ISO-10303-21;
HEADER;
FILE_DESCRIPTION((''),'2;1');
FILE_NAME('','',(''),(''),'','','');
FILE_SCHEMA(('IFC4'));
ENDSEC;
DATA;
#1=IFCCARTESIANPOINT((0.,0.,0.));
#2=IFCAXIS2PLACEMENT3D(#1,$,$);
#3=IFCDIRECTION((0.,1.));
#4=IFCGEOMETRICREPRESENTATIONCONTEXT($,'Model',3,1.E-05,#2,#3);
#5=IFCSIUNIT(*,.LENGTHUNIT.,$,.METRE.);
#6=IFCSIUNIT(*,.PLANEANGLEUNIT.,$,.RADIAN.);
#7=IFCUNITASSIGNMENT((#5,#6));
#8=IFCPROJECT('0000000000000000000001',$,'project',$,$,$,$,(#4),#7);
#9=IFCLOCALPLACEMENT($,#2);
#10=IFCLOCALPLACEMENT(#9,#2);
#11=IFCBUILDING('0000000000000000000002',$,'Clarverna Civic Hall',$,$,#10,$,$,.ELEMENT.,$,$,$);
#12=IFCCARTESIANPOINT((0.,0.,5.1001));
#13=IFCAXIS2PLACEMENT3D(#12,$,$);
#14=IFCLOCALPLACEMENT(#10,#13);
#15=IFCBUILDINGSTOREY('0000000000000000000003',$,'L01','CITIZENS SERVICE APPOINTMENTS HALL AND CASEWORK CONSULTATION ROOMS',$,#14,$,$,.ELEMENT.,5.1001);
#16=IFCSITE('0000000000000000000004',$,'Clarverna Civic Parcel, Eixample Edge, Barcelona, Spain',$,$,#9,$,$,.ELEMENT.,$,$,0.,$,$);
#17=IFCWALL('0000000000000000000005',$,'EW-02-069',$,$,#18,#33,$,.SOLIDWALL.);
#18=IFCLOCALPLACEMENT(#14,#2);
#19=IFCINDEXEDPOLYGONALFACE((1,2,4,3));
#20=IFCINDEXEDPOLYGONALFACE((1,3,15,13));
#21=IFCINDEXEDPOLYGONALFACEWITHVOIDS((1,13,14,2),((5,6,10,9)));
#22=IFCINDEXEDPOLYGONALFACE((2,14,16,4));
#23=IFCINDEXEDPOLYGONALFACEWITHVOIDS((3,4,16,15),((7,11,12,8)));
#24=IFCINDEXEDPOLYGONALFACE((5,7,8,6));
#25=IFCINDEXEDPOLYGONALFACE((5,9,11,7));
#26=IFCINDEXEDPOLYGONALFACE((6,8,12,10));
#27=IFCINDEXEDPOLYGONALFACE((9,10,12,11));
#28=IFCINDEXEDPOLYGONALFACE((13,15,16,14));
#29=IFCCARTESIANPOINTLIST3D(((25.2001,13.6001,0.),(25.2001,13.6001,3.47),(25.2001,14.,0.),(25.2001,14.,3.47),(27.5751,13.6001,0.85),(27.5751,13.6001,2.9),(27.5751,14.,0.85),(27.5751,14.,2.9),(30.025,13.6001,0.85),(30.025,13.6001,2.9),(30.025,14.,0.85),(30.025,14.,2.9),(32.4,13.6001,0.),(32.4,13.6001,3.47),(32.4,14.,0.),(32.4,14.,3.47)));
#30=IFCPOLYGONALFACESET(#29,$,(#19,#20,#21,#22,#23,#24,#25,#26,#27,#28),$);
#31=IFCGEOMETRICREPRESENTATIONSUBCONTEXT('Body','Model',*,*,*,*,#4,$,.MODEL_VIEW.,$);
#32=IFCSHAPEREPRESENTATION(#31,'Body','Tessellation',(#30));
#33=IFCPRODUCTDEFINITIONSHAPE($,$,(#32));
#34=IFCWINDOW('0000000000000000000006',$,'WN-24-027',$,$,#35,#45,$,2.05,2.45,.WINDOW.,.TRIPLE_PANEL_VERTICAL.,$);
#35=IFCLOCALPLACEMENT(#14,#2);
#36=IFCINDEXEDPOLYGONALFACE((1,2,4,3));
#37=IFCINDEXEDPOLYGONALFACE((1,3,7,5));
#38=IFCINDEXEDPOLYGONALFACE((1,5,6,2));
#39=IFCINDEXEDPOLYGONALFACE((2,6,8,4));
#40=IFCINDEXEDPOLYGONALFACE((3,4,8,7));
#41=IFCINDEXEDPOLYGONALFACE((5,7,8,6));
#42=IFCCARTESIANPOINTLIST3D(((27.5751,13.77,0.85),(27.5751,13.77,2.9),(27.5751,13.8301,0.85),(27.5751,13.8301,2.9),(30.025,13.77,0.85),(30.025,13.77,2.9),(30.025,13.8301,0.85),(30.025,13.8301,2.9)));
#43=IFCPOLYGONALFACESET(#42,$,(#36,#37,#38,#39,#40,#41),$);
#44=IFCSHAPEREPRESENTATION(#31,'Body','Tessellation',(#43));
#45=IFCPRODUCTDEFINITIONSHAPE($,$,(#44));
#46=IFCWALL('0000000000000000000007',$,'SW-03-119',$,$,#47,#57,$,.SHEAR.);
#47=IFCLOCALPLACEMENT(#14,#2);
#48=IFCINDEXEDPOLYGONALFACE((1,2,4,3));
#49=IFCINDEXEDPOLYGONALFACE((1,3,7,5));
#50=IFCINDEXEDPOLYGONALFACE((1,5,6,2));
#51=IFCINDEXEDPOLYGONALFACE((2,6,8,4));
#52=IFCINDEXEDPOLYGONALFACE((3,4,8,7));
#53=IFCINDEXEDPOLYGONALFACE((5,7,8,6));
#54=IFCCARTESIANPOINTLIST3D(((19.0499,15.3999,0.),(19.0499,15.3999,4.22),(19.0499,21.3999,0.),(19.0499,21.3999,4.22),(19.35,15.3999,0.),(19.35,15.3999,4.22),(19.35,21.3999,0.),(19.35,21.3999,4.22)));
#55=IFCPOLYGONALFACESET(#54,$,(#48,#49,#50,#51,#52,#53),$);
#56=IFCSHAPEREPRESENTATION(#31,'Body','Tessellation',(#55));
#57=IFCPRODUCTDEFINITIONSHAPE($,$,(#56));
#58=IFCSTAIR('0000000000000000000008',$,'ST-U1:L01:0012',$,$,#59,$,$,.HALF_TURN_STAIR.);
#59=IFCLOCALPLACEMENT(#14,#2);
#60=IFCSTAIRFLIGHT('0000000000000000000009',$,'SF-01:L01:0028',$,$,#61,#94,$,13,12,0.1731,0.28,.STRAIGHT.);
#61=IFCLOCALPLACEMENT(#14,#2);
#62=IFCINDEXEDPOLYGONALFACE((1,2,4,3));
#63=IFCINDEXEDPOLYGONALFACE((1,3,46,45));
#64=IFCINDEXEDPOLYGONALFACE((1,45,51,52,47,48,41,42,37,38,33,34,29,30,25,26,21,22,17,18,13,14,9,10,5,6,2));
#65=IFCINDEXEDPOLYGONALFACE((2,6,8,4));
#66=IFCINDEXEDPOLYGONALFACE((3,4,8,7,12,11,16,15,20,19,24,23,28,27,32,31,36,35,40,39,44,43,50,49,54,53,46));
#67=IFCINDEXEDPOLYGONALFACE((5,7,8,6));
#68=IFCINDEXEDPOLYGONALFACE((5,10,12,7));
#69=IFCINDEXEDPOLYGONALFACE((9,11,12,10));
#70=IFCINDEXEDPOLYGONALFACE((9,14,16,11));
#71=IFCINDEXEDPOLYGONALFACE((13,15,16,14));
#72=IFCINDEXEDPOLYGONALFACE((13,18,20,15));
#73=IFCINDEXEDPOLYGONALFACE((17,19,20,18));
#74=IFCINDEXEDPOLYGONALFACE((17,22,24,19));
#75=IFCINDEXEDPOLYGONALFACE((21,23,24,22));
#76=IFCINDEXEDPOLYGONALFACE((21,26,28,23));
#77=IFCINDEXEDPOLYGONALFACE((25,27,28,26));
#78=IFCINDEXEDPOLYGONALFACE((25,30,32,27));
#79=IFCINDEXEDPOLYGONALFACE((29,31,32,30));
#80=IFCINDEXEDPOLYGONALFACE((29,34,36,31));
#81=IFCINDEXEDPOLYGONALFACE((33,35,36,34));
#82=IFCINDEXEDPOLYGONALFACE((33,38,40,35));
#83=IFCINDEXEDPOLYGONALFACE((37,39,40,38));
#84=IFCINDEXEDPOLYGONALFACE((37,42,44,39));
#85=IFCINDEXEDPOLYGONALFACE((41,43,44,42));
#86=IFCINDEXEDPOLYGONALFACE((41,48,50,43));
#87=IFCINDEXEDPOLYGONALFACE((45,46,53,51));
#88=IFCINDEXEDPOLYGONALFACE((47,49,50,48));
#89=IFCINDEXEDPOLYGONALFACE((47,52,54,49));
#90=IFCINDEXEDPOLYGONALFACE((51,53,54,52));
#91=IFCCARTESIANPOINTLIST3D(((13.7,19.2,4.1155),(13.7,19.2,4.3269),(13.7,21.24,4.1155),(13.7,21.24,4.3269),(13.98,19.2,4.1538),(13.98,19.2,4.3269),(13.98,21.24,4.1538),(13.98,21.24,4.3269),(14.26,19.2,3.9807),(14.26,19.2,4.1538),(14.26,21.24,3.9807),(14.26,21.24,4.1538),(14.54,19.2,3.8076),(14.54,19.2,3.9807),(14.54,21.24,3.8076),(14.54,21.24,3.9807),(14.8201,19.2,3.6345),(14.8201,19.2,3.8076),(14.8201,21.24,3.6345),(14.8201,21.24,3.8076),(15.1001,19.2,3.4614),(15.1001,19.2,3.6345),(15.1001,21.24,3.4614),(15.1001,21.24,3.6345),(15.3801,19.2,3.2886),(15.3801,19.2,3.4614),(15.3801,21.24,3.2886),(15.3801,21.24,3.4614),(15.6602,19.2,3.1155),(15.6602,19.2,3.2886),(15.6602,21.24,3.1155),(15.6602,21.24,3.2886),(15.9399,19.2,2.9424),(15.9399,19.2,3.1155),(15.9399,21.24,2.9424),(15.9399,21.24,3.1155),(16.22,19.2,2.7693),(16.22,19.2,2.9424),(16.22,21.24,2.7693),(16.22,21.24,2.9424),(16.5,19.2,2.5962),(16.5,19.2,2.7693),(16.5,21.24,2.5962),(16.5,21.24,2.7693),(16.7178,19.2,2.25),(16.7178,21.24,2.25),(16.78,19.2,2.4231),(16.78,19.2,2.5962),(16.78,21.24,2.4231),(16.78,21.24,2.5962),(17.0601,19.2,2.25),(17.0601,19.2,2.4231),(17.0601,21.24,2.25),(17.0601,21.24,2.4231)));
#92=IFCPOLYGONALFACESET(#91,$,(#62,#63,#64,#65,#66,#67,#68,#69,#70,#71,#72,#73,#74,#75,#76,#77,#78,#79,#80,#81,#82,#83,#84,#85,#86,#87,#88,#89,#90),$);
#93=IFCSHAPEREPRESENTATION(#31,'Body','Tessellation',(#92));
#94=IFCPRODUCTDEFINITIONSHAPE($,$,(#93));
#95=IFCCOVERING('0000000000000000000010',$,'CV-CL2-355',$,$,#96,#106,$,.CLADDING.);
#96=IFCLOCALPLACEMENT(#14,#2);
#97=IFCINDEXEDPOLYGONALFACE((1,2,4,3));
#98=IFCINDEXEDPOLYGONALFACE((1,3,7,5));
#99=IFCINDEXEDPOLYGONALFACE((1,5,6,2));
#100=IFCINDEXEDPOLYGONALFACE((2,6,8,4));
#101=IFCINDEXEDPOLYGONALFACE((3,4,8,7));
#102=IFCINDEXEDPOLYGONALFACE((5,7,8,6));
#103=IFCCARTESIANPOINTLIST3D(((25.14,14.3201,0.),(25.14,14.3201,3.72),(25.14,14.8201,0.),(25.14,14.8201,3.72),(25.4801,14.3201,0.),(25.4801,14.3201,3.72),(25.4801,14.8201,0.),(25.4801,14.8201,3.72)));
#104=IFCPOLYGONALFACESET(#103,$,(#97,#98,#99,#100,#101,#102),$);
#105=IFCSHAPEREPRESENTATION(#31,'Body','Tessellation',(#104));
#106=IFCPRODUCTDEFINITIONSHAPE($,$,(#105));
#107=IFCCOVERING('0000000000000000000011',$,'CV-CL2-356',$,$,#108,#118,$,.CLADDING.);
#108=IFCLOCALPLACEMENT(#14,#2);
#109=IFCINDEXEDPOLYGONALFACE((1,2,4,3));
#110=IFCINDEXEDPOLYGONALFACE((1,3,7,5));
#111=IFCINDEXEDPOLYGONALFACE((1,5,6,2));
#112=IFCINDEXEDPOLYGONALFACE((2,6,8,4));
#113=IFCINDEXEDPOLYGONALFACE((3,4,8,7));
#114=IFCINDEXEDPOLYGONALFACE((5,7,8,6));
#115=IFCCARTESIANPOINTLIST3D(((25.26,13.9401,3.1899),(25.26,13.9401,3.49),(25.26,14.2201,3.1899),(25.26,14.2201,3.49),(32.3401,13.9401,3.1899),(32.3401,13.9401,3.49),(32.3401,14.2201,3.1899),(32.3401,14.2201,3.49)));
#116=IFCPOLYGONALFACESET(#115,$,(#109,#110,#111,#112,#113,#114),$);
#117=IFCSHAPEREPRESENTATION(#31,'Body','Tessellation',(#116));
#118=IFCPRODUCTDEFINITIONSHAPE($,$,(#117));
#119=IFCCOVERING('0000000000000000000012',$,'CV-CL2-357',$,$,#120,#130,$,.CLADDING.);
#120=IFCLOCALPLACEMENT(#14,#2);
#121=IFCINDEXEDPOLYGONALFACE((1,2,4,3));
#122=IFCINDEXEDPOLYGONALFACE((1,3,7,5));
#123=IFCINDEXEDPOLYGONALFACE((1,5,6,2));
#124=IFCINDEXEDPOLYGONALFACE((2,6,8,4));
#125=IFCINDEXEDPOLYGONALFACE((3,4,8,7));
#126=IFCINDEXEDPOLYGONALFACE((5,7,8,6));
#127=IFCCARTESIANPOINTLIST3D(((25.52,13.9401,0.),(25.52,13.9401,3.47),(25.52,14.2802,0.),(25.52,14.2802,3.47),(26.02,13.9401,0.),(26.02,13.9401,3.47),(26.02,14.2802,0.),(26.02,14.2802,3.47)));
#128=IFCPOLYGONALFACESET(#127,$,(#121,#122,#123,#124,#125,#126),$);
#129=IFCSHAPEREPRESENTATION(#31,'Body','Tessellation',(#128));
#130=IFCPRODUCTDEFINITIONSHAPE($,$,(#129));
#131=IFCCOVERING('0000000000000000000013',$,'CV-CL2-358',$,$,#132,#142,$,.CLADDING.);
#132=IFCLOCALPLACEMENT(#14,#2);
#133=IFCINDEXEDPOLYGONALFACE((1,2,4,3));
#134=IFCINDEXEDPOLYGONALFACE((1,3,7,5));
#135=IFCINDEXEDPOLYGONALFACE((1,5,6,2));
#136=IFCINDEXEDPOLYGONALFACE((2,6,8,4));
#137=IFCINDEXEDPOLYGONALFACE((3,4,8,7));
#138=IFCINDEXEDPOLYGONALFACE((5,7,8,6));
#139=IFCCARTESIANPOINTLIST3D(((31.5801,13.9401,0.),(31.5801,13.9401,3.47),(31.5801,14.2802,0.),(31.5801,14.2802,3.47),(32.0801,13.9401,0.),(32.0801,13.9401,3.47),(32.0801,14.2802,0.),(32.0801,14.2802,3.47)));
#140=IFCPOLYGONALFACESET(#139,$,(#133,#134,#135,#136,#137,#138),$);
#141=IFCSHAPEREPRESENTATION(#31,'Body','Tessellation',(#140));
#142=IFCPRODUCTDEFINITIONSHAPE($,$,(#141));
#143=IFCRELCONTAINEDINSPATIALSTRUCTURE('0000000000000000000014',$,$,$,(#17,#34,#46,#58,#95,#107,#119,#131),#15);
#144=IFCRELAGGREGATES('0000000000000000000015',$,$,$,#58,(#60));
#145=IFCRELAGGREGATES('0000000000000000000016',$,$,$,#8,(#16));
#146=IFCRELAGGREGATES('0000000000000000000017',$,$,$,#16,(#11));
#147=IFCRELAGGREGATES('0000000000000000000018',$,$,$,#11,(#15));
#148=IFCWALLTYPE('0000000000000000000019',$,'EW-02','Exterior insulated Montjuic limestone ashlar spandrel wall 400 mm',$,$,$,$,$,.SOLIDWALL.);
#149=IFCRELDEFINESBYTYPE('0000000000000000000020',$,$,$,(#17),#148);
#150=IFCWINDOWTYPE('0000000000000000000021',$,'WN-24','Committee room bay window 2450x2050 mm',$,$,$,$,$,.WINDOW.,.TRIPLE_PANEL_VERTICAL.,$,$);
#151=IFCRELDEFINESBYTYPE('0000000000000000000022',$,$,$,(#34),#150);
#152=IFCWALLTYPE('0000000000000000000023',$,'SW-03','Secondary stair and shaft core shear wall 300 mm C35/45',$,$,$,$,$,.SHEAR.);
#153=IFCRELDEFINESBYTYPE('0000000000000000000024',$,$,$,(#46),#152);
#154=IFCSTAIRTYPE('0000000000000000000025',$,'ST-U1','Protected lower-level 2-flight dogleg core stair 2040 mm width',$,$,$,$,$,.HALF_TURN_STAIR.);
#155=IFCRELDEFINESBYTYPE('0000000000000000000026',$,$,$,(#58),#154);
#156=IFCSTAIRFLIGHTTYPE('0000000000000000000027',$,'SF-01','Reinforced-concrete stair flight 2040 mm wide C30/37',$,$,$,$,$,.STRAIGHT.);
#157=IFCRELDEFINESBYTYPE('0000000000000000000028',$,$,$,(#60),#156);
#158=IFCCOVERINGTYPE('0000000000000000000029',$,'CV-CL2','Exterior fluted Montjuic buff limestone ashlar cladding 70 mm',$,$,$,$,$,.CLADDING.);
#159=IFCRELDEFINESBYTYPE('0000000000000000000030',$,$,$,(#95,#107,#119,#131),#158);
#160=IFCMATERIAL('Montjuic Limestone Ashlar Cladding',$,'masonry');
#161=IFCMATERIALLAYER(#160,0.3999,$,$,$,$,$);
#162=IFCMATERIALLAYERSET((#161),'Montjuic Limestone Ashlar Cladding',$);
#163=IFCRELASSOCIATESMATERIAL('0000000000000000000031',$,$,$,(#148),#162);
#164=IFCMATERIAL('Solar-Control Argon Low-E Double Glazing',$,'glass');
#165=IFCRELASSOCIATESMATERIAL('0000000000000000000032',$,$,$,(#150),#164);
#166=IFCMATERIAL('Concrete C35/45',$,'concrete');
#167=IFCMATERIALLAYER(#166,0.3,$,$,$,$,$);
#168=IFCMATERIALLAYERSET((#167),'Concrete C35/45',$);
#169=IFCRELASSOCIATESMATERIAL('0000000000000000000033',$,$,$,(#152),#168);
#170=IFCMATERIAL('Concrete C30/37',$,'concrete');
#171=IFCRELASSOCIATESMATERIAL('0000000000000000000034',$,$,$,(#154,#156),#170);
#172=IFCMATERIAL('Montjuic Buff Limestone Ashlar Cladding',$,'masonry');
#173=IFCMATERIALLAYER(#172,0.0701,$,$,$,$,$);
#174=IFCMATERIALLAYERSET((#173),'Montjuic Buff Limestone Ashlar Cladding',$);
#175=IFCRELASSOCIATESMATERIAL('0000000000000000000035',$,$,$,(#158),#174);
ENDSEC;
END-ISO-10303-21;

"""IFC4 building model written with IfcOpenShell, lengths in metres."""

from ifc_helpers import new_model, si_unit, direction, frame, frame_2d, origin, place, context, subcontext, project, spatial, polyline, rectangle, outline, extrude, material, layer, layer_set, type_object, element, fill, aggregate, save


model = new_model("IFC4")

# Units and contexts
model_context = context("Model", 3, precision=1e-05, world=origin(), true_north=direction((0.0, 1.0)))
body_context = subcontext(model_context, "Body", "Model", "MODEL_VIEW")
ifc_project = project(units=[si_unit("LENGTHUNIT", "METRE"), si_unit("PLANEANGLEUNIT", "RADIAN")], contexts=[model_context])

# Site, building, storey
site_placement = place(None, origin())
site = spatial("IfcSite", under=ifc_project, at=site_placement, Name="Clarverna Civic Parcel, Eixample Edge, Barcelona, Spain", CompositionType="ELEMENT", RefElevation=0.0)
building_placement = place(site_placement, origin())
building = spatial("IfcBuilding", under=site, at=building_placement, Name="Clarverna Civic Hall", CompositionType="ELEMENT")
storey_placement = place(building_placement, frame((0.0, 0.0, 5.1001)))
storey = spatial("IfcBuildingStorey", under=building, at=storey_placement, Name="L01", Description="CITIZENS SERVICE APPOINTMENTS HALL AND CASEWORK CONSULTATION ROOMS", CompositionType="ELEMENT", Elevation=5.1001)

# Shared definitions
ifc_material_1 = material(Name="Concrete C35/45", Category="concrete")

# Wall, opening, window
ifc_material_2 = material(Name="Montjuic Limestone Ashlar Cladding", Category="masonry")
ifc_layer_1 = layer(ifc_material_2, 0.3999)
ifc_layer_set_1 = layer_set([ifc_layer_1], Name="Montjuic Limestone Ashlar Cladding")
wall_type_1 = type_object("IfcWallType", Name="EW-02", Description="Exterior insulated Montjuic limestone ashlar spandrel wall 400 mm", PredefinedType="SOLIDWALL", material=ifc_layer_set_1)
wall_1_placement = place(storey_placement, frame((25.2, 13.8, 0.0), z_axis=(0.0, 0.0, 1.0), x_axis=(1.0, 0.0, 0.0)))
wall_1 = element("IfcWall", 1, at=wall_1_placement, inside=storey, type_object=wall_type_1, Name="EW-02-069", PredefinedType="SOLIDWALL", context=body_context, shape_type="SweptSolid", body=[
    extrude(rectangle(XDim=7.2, YDim=0.3999, at=frame_2d((3.6001, 0.0))), origin(), (0.0, 0.0, 1.0), 3.47),
])
opening_1_placement = place(wall_1_placement, frame((2.375, 0.0, 0.8501)))
opening_1 = element("IfcOpeningElement", 2, at=opening_1_placement, cuts=wall_1, PredefinedType="OPENING", context=body_context, shape_type="SweptSolid", body=[
    extrude(rectangle(XDim=2.45, YDim=2.05, at=frame_2d((1.2251, 1.0249))), frame((0.0, 0.21, 0.0), z_axis=(0.0, -1.0, 0.0), x_axis=(1.0, 0.0, 0.0)), (0.0, 0.0, 1.0), 0.4199),
])
ifc_material_3 = material(Name="Solar-Control Argon Low-E Double Glazing", Category="glass")
window_type = type_object("IfcWindowType", Name="WN-24", Description="Committee room bay window 2450x2050 mm", PartitioningType="TRIPLE_PANEL_VERTICAL", PredefinedType="WINDOW", material=ifc_material_3)
window_placement = place(opening_1_placement, origin())
window = element("IfcWindow", 3, at=window_placement, inside=storey, type_object=window_type, Name="WN-24-027", OverallHeight=2.05, OverallWidth=2.45, PartitioningType="TRIPLE_PANEL_VERTICAL", PredefinedType="WINDOW", context=body_context, shape_type="SweptSolid", body=[
    extrude(rectangle(XDim=2.45, YDim=2.05, at=frame_2d((1.2251, 1.0249))), frame((0.0, 0.03, 0.0), z_axis=(0.0, -1.0, 0.0), x_axis=(1.0, 0.0, 0.0)), (0.0, 0.0, 1.0), 0.0601),
])
fill(opening_1, window)

# Wall
ifc_layer_2 = layer(ifc_material_1, 0.3)
ifc_layer_set_2 = layer_set([ifc_layer_2], Name="Concrete C35/45")
wall_type_2 = type_object("IfcWallType", Name="SW-03", Description="Secondary stair and shaft core shear wall 300 mm C35/45", PredefinedType="SHEAR", material=ifc_layer_set_2)
wall_2_placement = place(storey_placement, frame((19.2, 15.3999, 0.0), z_axis=(0.0, 0.0, 1.0), x_axis=(0.0, 1.0, 0.0)))
element("IfcWall", 4, at=wall_2_placement, inside=storey, type_object=wall_type_2, Name="SW-03-119", PredefinedType="SHEAR", context=body_context, shape_type="SweptSolid", body=[
    extrude(rectangle(XDim=6.0, YDim=0.3, at=frame_2d((3.0, 0.0))), origin(), (0.0, 0.0, 1.0), 4.22),
])

# Stair, stair flight
ifc_material_4 = material(Name="Concrete C30/37", Category="concrete")
stair_type = type_object("IfcStairType", Name="ST-U1", Description="Protected lower-level 2-flight dogleg core stair 2040 mm width", PredefinedType="HALF_TURN_STAIR", material=ifc_material_4)
stair_placement = place(storey_placement, origin())
stair = element("IfcStair", 5, at=stair_placement, inside=storey, type_object=stair_type, Name="ST-U1:L01:0012", PredefinedType="HALF_TURN_STAIR")
stair_flight_type = type_object("IfcStairFlightType", Name="SF-01", Description="Reinforced-concrete stair flight 2040 mm wide C30/37", PredefinedType="STRAIGHT", material=ifc_material_4)
stair_flight_placement = place(storey_placement, frame((17.0601, 20.22, 2.25), z_axis=(0.0, 0.0, 1.0), x_axis=(-1.0, 0.0, 0.0)))
stair_flight = element("IfcStairFlight", 6, at=stair_flight_placement, type_object=stair_flight_type, Name="SF-01:L01:0028", NumberOfRisers=13, NumberOfTreads=12, PredefinedType="STRAIGHT", RiserHeight=0.1731, TreadLength=0.28, context=body_context, shape_type="SweptSolid", body=[
    extrude(outline(polyline([(0.0, 0.0), (0.0, 0.1731), (0.28, 0.1731), (0.28, 0.3462), (0.5601, 0.3462), (0.5601, 0.5193), (0.8401, 0.5193), (0.8401, 0.6924), (1.1201, 0.6924), (1.1201, 0.8655), (1.3999, 0.8655), (1.3999, 1.0386), (1.6799, 1.0386), (1.6799, 1.2114), (1.96, 1.2114), (1.96, 1.3845), (2.24, 1.3845), (2.24, 1.5576), (2.52, 1.5576), (2.52, 1.7307), (2.8, 1.7307), (2.8, 1.9038), (3.0801, 1.9038), (3.0801, 2.0769), (3.3601, 2.0769), (3.3601, 2.25), (3.3601, 1.8655), (0.3423, 0.0), (0.0, 0.0)])), frame((0.0, 1.02, 0.0), z_axis=(0.0, -1.0, 0.0), x_axis=(1.0, 0.0, 0.0)), (0.0, 0.0, 1.0), 2.04),
])
aggregate(stair, [stair_flight])

# Coverings
ifc_material_5 = material(Name="Montjuic Buff Limestone Ashlar Cladding", Category="masonry")
ifc_layer_3 = layer(ifc_material_5, 0.0701)
ifc_layer_set_3 = layer_set([ifc_layer_3], Name="Montjuic Buff Limestone Ashlar Cladding")
covering_type = type_object("IfcCoveringType", Name="CV-CL2", Description="Exterior fluted Montjuic buff limestone ashlar cladding 70 mm", PredefinedType="CLADDING", material=ifc_layer_set_3)
covering_1_placement = place(storey_placement, frame((25.3101, 14.8201, 0.0), z_axis=(0.0, 0.0, 1.0), x_axis=(0.0, -1.0, 0.0)))
element("IfcCovering", 7, at=covering_1_placement, inside=storey, type_object=covering_type, Name="CV-CL2-355", PredefinedType="CLADDING", context=body_context, shape_type="SweptSolid", body=[
    extrude(rectangle(XDim=0.5, YDim=0.3401, at=frame_2d((0.25, 0.0))), origin(), (0.0, 0.0, 1.0), 3.72),
])
covering_2_placement = place(storey_placement, frame((25.26, 14.0801, 3.1899), z_axis=(0.0, 0.0, 1.0), x_axis=(1.0, 0.0, 0.0)))
element("IfcCovering", 8, at=covering_2_placement, inside=storey, type_object=covering_type, Name="CV-CL2-356", PredefinedType="CLADDING", context=body_context, shape_type="SweptSolid", body=[
    extrude(rectangle(XDim=7.0801, YDim=0.28, at=frame_2d((3.54, 0.0))), origin(), (0.0, 0.0, 1.0), 0.3),
])
for number, where, z_axis, x_axis, name in (
    (9, (25.52, 14.1101, 0.0), (0.0, 0.0, 1.0), (1.0, 0.0, 0.0), "CV-CL2-357"),
    (10, (31.5801, 14.1101, 0.0), (0.0, 0.0, 1.0), (1.0, 0.0, 0.0), "CV-CL2-358"),
):
    element("IfcCovering", number, at=place(storey_placement, frame(where, z_axis=z_axis, x_axis=x_axis)), inside=storey, type_object=covering_type, Name=name, PredefinedType="CLADDING", context=body_context, shape_type="SweptSolid", body=[
        extrude(rectangle(XDim=0.5, YDim=0.3401, at=frame_2d((0.25, 0.0))), origin(), (0.0, 0.0, 1.0), 3.47),
    ])

save(model, "model.ifc")
